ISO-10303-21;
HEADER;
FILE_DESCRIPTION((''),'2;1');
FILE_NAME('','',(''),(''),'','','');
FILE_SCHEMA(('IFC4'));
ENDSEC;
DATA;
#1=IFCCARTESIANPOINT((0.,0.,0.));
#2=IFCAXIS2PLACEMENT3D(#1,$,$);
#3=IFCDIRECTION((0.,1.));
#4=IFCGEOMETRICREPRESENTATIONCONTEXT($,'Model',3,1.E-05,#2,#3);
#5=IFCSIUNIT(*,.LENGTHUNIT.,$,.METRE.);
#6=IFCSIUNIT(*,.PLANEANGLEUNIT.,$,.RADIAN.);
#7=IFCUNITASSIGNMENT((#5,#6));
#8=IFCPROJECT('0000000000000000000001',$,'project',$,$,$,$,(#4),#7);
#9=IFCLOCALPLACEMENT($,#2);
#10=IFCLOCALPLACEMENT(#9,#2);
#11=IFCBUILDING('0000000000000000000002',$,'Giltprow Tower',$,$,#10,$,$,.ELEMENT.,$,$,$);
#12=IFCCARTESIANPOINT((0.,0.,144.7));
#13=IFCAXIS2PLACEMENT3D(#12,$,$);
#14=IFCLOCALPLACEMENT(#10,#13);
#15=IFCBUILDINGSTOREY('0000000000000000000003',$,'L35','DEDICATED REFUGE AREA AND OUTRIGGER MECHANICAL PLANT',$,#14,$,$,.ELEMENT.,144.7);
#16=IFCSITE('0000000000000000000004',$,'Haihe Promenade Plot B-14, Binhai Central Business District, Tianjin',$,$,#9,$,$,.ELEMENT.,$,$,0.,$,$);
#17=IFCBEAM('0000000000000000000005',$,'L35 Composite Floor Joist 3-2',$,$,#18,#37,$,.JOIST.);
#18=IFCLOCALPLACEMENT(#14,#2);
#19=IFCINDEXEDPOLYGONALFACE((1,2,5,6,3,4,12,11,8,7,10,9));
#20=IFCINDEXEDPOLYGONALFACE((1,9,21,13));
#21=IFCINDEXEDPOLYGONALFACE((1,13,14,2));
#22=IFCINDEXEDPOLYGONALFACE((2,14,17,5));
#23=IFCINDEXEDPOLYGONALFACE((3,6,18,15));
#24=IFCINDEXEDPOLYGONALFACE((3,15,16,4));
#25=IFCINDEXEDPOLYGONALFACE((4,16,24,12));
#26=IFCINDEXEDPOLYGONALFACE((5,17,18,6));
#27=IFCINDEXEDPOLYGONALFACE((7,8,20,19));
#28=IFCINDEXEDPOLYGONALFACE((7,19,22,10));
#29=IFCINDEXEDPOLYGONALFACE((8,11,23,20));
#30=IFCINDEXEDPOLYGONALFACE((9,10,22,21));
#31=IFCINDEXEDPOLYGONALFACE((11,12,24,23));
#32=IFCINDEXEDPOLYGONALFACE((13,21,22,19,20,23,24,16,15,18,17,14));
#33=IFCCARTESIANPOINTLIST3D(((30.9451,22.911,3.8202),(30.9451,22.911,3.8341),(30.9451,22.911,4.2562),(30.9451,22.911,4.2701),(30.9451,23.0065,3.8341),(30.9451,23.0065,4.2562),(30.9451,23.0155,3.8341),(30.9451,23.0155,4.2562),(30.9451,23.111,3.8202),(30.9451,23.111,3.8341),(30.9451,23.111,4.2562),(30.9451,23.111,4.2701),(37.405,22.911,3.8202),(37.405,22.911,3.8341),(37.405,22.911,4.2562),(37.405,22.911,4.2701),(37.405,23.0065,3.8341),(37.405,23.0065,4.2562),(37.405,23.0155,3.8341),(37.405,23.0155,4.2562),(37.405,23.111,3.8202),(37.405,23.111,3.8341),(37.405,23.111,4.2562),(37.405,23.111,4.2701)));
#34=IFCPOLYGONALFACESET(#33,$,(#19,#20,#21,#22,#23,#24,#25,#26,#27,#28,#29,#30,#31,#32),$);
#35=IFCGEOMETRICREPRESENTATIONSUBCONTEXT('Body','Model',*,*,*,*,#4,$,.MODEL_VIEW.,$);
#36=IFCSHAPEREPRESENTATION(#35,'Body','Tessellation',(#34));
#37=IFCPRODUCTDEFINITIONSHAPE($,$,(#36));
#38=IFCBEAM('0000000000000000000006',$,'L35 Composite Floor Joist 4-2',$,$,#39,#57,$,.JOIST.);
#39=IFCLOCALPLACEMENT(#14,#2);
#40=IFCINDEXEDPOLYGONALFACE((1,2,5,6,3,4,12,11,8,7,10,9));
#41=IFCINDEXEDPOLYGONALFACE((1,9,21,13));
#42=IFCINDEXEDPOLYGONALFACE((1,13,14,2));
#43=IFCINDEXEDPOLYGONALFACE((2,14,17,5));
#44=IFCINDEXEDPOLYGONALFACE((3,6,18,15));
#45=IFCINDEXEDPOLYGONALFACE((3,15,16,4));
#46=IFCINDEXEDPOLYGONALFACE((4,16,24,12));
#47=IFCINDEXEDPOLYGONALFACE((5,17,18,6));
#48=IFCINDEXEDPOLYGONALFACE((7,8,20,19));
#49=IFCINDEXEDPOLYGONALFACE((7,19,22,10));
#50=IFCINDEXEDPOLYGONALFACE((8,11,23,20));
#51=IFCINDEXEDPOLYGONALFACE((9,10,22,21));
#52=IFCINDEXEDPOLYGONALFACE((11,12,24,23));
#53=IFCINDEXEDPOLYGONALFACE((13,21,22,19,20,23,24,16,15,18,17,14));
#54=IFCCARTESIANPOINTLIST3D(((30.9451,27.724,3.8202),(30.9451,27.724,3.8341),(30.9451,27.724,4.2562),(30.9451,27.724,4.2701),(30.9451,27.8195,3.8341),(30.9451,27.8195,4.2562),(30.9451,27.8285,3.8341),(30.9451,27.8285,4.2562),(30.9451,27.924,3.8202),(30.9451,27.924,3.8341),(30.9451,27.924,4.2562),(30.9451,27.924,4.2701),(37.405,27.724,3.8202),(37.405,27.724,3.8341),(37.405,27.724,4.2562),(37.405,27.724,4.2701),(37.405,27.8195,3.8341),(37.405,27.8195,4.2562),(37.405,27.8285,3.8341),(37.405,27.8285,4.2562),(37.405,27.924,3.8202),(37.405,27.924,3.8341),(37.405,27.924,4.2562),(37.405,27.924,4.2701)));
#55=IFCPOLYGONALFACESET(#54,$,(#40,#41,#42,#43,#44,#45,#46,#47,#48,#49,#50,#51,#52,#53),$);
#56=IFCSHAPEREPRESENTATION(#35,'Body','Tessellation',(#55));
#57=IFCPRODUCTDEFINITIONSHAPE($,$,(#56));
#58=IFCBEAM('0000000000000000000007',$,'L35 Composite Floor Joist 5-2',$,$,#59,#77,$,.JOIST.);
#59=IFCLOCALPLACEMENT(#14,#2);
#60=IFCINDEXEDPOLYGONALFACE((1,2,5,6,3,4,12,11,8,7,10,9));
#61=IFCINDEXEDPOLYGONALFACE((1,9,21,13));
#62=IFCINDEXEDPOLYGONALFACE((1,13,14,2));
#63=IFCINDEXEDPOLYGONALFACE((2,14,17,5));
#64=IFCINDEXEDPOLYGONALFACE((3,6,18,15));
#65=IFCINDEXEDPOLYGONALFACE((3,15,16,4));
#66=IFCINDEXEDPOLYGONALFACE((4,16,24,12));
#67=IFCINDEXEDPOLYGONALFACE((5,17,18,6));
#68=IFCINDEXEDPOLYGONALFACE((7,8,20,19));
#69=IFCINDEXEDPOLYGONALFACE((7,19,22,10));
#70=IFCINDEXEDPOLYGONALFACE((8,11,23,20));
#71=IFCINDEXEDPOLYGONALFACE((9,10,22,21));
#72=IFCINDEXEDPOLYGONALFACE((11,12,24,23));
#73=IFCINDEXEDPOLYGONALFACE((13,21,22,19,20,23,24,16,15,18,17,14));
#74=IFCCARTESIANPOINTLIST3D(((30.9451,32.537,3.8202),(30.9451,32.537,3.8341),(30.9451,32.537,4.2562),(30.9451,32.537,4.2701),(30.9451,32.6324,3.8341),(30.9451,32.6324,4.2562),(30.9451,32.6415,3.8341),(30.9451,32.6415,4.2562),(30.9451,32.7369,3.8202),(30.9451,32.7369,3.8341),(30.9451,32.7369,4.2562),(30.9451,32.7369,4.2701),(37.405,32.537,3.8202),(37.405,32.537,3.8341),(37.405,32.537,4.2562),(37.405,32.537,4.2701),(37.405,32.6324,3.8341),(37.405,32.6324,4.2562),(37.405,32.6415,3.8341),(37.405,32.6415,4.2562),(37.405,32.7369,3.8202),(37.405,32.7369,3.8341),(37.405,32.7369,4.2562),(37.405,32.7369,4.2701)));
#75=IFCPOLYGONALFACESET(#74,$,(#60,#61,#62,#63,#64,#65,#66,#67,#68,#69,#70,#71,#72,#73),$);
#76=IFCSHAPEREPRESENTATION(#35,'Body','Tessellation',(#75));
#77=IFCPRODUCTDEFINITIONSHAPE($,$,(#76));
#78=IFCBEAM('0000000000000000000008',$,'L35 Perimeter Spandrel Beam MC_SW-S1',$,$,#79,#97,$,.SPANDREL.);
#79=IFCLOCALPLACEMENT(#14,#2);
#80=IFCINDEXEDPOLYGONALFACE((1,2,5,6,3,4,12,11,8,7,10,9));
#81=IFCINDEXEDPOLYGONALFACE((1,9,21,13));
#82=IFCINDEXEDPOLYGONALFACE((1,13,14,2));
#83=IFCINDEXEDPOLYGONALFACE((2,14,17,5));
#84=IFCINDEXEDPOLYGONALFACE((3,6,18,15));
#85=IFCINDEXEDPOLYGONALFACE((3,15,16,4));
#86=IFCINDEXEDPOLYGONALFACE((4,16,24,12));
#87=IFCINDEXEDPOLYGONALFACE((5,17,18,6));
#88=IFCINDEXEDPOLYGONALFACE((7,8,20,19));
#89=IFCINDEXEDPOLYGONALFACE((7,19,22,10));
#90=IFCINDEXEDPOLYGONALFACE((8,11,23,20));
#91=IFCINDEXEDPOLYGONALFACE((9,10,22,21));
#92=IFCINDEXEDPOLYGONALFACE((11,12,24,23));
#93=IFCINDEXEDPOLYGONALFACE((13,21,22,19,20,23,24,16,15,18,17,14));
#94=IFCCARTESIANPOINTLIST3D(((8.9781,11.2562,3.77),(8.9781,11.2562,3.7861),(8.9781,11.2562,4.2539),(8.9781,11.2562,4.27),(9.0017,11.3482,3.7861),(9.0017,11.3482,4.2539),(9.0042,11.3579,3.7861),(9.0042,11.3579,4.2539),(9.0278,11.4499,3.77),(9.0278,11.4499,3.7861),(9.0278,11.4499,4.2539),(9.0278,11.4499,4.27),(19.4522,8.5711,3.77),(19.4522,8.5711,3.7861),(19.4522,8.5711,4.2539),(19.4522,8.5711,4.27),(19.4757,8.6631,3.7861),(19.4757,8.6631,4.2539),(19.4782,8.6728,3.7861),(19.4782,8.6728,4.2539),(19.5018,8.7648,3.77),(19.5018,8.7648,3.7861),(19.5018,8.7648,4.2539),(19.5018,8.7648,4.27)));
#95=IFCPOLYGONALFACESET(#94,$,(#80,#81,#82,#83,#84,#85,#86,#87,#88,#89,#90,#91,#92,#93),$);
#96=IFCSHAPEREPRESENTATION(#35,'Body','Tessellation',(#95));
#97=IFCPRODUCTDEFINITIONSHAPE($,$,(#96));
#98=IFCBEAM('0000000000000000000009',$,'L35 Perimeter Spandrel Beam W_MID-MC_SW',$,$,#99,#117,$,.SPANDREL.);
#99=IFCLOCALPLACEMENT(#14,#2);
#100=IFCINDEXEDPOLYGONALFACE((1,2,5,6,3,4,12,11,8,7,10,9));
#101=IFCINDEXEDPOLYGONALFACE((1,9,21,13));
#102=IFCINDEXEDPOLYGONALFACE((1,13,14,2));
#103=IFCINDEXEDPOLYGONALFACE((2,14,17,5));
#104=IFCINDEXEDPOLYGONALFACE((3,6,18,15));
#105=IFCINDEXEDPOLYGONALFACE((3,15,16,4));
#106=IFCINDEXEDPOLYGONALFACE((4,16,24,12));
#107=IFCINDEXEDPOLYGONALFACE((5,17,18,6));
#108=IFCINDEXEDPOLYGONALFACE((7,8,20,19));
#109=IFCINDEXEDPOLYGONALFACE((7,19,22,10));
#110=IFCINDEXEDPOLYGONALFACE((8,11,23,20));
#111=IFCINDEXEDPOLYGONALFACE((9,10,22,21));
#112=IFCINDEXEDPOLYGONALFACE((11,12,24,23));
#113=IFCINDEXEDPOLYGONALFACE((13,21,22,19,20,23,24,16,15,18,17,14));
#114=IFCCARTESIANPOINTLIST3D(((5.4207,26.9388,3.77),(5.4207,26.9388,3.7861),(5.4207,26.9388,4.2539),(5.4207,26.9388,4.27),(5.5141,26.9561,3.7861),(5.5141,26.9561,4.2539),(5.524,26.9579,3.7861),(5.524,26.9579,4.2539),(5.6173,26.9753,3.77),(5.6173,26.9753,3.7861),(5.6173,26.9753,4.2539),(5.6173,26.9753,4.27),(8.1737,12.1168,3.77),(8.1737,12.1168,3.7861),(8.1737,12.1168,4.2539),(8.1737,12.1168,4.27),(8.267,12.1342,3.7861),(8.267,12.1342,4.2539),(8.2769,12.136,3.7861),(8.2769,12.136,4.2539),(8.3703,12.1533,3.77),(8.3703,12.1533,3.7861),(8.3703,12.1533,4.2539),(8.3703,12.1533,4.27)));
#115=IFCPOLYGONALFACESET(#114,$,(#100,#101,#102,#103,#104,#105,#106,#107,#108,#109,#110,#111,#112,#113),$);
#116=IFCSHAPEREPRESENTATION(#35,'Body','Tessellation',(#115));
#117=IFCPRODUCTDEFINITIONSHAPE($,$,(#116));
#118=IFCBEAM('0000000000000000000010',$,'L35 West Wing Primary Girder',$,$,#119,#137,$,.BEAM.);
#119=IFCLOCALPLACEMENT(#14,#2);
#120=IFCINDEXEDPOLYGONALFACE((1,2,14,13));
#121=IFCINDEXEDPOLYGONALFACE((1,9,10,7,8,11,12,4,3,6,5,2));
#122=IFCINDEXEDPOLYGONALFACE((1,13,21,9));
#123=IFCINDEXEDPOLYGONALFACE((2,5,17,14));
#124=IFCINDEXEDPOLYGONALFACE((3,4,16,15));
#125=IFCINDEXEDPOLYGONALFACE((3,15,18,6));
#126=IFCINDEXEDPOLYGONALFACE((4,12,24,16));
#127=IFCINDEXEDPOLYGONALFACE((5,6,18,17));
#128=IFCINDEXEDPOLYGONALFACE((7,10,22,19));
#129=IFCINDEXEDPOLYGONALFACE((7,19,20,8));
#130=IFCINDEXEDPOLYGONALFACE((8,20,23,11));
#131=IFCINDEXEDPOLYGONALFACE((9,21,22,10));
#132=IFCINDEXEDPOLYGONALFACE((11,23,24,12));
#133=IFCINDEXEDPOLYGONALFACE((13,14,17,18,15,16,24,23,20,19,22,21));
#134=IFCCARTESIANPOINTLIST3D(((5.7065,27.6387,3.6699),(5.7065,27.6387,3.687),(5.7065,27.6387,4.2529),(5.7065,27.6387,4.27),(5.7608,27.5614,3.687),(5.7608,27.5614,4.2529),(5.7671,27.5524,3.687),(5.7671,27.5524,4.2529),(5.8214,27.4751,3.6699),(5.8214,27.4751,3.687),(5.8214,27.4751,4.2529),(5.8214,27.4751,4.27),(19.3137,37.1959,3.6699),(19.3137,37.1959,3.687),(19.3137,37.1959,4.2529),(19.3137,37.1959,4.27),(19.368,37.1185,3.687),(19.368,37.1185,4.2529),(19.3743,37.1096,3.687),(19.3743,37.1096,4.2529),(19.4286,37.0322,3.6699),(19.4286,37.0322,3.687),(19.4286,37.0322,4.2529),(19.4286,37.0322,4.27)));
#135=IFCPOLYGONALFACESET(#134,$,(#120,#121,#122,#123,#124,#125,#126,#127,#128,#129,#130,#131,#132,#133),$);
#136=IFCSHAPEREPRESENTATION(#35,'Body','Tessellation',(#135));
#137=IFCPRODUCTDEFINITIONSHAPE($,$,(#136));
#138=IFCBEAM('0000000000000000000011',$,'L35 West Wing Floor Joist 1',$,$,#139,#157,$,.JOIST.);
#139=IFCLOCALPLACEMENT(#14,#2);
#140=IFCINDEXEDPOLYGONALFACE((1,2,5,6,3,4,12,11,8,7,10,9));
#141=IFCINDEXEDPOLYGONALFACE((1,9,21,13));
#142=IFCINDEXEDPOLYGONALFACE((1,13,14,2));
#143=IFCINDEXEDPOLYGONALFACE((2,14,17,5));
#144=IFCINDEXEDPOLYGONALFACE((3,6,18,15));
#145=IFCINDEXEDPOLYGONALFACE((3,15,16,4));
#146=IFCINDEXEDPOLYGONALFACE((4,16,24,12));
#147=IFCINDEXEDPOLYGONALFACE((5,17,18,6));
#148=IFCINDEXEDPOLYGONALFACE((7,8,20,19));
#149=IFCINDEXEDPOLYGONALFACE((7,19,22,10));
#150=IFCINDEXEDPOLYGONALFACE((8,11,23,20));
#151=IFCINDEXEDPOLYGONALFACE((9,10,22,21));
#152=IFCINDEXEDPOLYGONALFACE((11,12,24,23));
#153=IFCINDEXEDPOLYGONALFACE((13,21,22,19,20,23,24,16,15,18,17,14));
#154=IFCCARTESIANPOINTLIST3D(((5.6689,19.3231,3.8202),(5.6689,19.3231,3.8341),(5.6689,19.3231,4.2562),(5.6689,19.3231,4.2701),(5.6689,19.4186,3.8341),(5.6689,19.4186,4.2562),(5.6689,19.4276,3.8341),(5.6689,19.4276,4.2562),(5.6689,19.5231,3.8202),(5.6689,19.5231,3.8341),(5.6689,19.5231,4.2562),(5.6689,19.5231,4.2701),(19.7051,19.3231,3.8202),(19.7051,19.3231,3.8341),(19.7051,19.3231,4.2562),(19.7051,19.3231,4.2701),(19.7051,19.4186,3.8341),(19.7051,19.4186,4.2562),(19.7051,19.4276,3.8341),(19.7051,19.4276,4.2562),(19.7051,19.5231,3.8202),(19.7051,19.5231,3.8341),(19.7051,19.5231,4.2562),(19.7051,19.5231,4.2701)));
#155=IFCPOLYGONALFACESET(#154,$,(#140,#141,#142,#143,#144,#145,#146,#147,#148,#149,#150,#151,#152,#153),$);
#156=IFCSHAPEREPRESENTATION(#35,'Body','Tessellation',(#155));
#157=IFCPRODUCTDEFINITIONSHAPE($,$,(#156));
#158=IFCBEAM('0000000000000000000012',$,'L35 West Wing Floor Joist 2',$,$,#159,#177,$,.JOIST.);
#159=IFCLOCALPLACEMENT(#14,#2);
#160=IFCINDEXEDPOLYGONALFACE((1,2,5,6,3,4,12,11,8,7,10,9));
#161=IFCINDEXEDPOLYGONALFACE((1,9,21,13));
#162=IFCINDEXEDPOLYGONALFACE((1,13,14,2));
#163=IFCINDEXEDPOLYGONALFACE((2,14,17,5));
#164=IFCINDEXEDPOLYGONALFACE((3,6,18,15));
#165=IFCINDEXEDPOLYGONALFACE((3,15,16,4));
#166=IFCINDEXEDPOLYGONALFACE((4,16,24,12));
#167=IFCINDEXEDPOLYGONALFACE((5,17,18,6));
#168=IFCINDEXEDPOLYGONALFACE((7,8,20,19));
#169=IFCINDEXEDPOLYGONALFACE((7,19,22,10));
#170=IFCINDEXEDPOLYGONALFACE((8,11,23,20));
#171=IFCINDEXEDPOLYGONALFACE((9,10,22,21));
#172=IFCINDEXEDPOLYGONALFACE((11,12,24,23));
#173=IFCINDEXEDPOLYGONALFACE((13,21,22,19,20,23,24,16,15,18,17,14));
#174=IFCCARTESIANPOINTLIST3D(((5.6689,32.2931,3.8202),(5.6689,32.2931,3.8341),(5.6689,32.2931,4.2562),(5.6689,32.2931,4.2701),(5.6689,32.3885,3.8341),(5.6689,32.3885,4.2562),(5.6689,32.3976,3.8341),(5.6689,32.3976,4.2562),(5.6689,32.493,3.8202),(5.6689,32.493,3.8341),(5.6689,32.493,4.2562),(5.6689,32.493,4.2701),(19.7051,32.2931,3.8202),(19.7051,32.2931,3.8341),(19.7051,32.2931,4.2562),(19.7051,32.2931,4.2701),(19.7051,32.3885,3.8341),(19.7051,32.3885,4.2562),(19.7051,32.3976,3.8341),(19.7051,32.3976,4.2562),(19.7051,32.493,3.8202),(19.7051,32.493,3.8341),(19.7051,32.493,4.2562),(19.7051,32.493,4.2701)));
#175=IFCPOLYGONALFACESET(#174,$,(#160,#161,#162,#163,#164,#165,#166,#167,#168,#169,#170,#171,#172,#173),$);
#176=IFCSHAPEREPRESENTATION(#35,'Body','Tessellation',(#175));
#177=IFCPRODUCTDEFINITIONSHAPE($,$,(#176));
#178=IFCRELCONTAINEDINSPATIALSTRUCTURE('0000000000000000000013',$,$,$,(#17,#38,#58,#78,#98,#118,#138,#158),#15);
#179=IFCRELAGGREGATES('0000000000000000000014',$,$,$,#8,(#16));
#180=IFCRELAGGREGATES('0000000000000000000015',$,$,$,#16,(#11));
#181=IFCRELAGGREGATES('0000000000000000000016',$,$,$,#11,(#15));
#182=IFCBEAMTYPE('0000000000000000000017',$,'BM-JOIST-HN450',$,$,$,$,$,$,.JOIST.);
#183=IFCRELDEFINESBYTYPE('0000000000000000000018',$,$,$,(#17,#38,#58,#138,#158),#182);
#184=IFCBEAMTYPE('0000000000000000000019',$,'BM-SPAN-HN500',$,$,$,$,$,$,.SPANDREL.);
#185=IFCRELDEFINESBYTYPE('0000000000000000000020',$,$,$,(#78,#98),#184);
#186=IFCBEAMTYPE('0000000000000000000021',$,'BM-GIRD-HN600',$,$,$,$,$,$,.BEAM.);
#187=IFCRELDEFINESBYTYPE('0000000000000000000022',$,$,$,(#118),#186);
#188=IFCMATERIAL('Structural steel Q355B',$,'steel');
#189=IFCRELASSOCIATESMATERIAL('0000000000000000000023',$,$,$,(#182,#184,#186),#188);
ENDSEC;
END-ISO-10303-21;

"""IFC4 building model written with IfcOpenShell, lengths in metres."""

from ifc_helpers import new_model, si_unit, direction, frame, origin, origin_2d, place, context, subcontext, project, spatial, i_section, extrude, source, transform, mapped, material, material_profile, profile_set, type_object, element, save


model = new_model("IFC4")

# Units and contexts
model_context = context("Model", 3, precision=1e-05, world=origin(), true_north=direction((0.0, 1.0)))
body_context = subcontext(model_context, "Body", "Model", "MODEL_VIEW")
ifc_project = project(units=[si_unit("LENGTHUNIT", "METRE"), si_unit("PLANEANGLEUNIT", "RADIAN")], contexts=[model_context])

# Site, building, storey
site_placement = place(None, origin())
site = spatial("IfcSite", under=ifc_project, at=site_placement, Name="Haihe Promenade Plot B-14, Binhai Central Business District, Tianjin", CompositionType="ELEMENT", RefElevation=0.0)
building_placement = place(site_placement, origin())
building = spatial("IfcBuilding", under=site, at=building_placement, Name="Giltprow Tower", CompositionType="ELEMENT")
storey_placement = place(building_placement, frame((0.0, 0.0, 144.7)))
storey = spatial("IfcBuildingStorey", under=building, at=storey_placement, Name="L35", Description="DEDICATED REFUGE AREA AND OUTRIGGER MECHANICAL PLANT", CompositionType="ELEMENT", Elevation=144.7)

# Beams
ifc_material_1 = material(Name="Structural steel Q355B", Category="steel")
ifc_material_profile_1 = material_profile(ifc_material_1, i_section(OverallWidth=0.2, OverallDepth=0.45, WebThickness=0.009, FlangeThickness=0.0139, at=origin_2d()), Name="HN 450x200x9x14")
ifc_profile_set_1 = profile_set([ifc_material_profile_1], Name="Structural steel Q355B")
beam_type_1 = type_object("IfcBeamType", Name="BM-JOIST-HN450", PredefinedType="JOIST", material=ifc_profile_set_1)
shared_shape_1 = source(origin(), body_context, "Body", "SweptSolid", [
    extrude(i_section(OverallWidth=0.2, OverallDepth=0.45, WebThickness=0.009, FlangeThickness=0.0139, at=origin_2d()), origin(), (0.0, 0.0, 1.0), 6.46),
])
for number, where, z_axis, x_axis, name in (
    (1, (30.9451, 23.011, 4.0452), (1.0, 0.0, 0.0), (0.0, 1.0, 0.0), "L35 Composite Floor Joist 3-2"),
    (2, (30.9451, 27.824, 4.0452), (1.0, 0.0, 0.0), (0.0, 1.0, 0.0), "L35 Composite Floor Joist 4-2"),
    (3, (30.9451, 32.637, 4.0452), (1.0, 0.0, 0.0), (0.0, 1.0, 0.0), "L35 Composite Floor Joist 5-2"),
):
    element("IfcBeam", number, at=place(storey_placement, frame(where, z_axis=z_axis, x_axis=x_axis)), inside=storey, type_object=beam_type_1, Name=name, PredefinedType="JOIST", context=body_context, shape_type="MappedRepresentation", body=[
        mapped(shared_shape_1, transform((0.0, 0.0, 0.0), x_axis=(1.0, 0.0, 0.0), y_axis=(0.0, 1.0, 0.0), z_axis=(0.0, 0.0, 1.0), scale=1.0)),
    ])
ifc_material_profile_2 = material_profile(ifc_material_1, i_section(OverallWidth=0.2, OverallDepth=0.5, WebThickness=0.01, FlangeThickness=0.0161, at=origin_2d()), Name="HN 500x200x10x16")
ifc_profile_set_2 = profile_set([ifc_material_profile_2], Name="Structural steel Q355B")
beam_type_2 = type_object("IfcBeamType", Name="BM-SPAN-HN500", PredefinedType="SPANDREL", material=ifc_profile_set_2)
shared_shape_2 = source(origin(), body_context, "Body", "SweptSolid", [
    extrude(i_section(OverallWidth=0.2, OverallDepth=0.5, WebThickness=0.01, FlangeThickness=0.0161, at=origin_2d()), origin(), (0.0, 0.0, 1.0), 10.8127),
])
beam_1_placement = place(storey_placement, frame((9.0029, 11.353, 4.02), z_axis=(0.968678, -0.248322, 0.0), x_axis=(0.248322, 0.968678, 0.0)))
element("IfcBeam", 4, at=beam_1_placement, inside=storey, type_object=beam_type_2, Name="L35 Perimeter Spandrel Beam MC_SW-S1", PredefinedType="SPANDREL", context=body_context, shape_type="MappedRepresentation", body=[
    mapped(shared_shape_2, transform((0.0, 0.0, 0.0), x_axis=(1.0, 0.0, 0.0), y_axis=(0.0, 1.0, 0.0), z_axis=(0.0, 0.0, 1.0), scale=1.0)),
])
shared_shape_3 = source(origin(), body_context, "Body", "SweptSolid", [
    extrude(i_section(OverallWidth=0.2, OverallDepth=0.5, WebThickness=0.01, FlangeThickness=0.0161, at=origin_2d()), origin(), (0.0, 0.0, 1.0), 15.0754),
])
beam_2_placement = place(storey_placement, frame((5.519, 26.957, 4.02), z_axis=(0.182609, -0.983186, 0.0), x_axis=(0.983186, 0.182609, 0.0)))
element("IfcBeam", 5, at=beam_2_placement, inside=storey, type_object=beam_type_2, Name="L35 Perimeter Spandrel Beam W_MID-MC_SW", PredefinedType="SPANDREL", context=body_context, shape_type="MappedRepresentation", body=[
    mapped(shared_shape_3, transform((0.0, 0.0, 0.0), x_axis=(1.0, 0.0, 0.0), y_axis=(0.0, 1.0, 0.0), z_axis=(0.0, 0.0, 1.0), scale=1.0)),
])
ifc_material_profile_3 = material_profile(ifc_material_1, i_section(OverallWidth=0.2, OverallDepth=0.6001, WebThickness=0.011, FlangeThickness=0.0171, at=origin_2d()), Name="HN 600x200x11x17")
ifc_profile_set_3 = profile_set([ifc_material_profile_3], Name="Structural steel Q355B")
beam_type_3 = type_object("IfcBeamType", Name="BM-GIRD-HN600", PredefinedType="BEAM", material=ifc_profile_set_3)
shared_shape_4 = source(origin(), body_context, "Body", "SweptSolid", [
    extrude(i_section(OverallWidth=0.2, OverallDepth=0.6001, WebThickness=0.011, FlangeThickness=0.0171, at=origin_2d()), origin(), (0.0, 0.0, 1.0), 16.6282),
])
beam_3_placement = place(storey_placement, frame((5.7639, 27.5569, 3.97), z_axis=(0.818324, 0.574757, 0.0), x_axis=(-0.574757, 0.818324, 0.0)))
element("IfcBeam", 6, at=beam_3_placement, inside=storey, type_object=beam_type_3, Name="L35 West Wing Primary Girder", PredefinedType="BEAM", context=body_context, shape_type="MappedRepresentation", body=[
    mapped(shared_shape_4, transform((0.0, 0.0, 0.0), x_axis=(1.0, 0.0, 0.0), y_axis=(0.0, 1.0, 0.0), z_axis=(0.0, 0.0, 1.0), scale=1.0)),
])
shared_shape_5 = source(origin(), body_context, "Body", "SweptSolid", [
    extrude(i_section(OverallWidth=0.2, OverallDepth=0.45, WebThickness=0.009, FlangeThickness=0.0139, at=origin_2d()), origin(), (0.0, 0.0, 1.0), 14.0361),
])
for number, where, z_axis, x_axis, name in (
    (7, (5.6689, 19.4231, 4.0452), (1.0, 0.0, 0.0), (0.0, 1.0, 0.0), "L35 West Wing Floor Joist 1"),
    (8, (5.6689, 32.3931, 4.0452), (1.0, 0.0, 0.0), (0.0, 1.0, 0.0), "L35 West Wing Floor Joist 2"),
):
    element("IfcBeam", number, at=place(storey_placement, frame(where, z_axis=z_axis, x_axis=x_axis)), inside=storey, type_object=beam_type_1, Name=name, PredefinedType="JOIST", context=body_context, shape_type="MappedRepresentation", body=[
        mapped(shared_shape_5, transform((0.0, 0.0, 0.0), x_axis=(1.0, 0.0, 0.0), y_axis=(0.0, 1.0, 0.0), z_axis=(0.0, 0.0, 1.0), scale=1.0)),
    ])

save(model, "model.ifc")
